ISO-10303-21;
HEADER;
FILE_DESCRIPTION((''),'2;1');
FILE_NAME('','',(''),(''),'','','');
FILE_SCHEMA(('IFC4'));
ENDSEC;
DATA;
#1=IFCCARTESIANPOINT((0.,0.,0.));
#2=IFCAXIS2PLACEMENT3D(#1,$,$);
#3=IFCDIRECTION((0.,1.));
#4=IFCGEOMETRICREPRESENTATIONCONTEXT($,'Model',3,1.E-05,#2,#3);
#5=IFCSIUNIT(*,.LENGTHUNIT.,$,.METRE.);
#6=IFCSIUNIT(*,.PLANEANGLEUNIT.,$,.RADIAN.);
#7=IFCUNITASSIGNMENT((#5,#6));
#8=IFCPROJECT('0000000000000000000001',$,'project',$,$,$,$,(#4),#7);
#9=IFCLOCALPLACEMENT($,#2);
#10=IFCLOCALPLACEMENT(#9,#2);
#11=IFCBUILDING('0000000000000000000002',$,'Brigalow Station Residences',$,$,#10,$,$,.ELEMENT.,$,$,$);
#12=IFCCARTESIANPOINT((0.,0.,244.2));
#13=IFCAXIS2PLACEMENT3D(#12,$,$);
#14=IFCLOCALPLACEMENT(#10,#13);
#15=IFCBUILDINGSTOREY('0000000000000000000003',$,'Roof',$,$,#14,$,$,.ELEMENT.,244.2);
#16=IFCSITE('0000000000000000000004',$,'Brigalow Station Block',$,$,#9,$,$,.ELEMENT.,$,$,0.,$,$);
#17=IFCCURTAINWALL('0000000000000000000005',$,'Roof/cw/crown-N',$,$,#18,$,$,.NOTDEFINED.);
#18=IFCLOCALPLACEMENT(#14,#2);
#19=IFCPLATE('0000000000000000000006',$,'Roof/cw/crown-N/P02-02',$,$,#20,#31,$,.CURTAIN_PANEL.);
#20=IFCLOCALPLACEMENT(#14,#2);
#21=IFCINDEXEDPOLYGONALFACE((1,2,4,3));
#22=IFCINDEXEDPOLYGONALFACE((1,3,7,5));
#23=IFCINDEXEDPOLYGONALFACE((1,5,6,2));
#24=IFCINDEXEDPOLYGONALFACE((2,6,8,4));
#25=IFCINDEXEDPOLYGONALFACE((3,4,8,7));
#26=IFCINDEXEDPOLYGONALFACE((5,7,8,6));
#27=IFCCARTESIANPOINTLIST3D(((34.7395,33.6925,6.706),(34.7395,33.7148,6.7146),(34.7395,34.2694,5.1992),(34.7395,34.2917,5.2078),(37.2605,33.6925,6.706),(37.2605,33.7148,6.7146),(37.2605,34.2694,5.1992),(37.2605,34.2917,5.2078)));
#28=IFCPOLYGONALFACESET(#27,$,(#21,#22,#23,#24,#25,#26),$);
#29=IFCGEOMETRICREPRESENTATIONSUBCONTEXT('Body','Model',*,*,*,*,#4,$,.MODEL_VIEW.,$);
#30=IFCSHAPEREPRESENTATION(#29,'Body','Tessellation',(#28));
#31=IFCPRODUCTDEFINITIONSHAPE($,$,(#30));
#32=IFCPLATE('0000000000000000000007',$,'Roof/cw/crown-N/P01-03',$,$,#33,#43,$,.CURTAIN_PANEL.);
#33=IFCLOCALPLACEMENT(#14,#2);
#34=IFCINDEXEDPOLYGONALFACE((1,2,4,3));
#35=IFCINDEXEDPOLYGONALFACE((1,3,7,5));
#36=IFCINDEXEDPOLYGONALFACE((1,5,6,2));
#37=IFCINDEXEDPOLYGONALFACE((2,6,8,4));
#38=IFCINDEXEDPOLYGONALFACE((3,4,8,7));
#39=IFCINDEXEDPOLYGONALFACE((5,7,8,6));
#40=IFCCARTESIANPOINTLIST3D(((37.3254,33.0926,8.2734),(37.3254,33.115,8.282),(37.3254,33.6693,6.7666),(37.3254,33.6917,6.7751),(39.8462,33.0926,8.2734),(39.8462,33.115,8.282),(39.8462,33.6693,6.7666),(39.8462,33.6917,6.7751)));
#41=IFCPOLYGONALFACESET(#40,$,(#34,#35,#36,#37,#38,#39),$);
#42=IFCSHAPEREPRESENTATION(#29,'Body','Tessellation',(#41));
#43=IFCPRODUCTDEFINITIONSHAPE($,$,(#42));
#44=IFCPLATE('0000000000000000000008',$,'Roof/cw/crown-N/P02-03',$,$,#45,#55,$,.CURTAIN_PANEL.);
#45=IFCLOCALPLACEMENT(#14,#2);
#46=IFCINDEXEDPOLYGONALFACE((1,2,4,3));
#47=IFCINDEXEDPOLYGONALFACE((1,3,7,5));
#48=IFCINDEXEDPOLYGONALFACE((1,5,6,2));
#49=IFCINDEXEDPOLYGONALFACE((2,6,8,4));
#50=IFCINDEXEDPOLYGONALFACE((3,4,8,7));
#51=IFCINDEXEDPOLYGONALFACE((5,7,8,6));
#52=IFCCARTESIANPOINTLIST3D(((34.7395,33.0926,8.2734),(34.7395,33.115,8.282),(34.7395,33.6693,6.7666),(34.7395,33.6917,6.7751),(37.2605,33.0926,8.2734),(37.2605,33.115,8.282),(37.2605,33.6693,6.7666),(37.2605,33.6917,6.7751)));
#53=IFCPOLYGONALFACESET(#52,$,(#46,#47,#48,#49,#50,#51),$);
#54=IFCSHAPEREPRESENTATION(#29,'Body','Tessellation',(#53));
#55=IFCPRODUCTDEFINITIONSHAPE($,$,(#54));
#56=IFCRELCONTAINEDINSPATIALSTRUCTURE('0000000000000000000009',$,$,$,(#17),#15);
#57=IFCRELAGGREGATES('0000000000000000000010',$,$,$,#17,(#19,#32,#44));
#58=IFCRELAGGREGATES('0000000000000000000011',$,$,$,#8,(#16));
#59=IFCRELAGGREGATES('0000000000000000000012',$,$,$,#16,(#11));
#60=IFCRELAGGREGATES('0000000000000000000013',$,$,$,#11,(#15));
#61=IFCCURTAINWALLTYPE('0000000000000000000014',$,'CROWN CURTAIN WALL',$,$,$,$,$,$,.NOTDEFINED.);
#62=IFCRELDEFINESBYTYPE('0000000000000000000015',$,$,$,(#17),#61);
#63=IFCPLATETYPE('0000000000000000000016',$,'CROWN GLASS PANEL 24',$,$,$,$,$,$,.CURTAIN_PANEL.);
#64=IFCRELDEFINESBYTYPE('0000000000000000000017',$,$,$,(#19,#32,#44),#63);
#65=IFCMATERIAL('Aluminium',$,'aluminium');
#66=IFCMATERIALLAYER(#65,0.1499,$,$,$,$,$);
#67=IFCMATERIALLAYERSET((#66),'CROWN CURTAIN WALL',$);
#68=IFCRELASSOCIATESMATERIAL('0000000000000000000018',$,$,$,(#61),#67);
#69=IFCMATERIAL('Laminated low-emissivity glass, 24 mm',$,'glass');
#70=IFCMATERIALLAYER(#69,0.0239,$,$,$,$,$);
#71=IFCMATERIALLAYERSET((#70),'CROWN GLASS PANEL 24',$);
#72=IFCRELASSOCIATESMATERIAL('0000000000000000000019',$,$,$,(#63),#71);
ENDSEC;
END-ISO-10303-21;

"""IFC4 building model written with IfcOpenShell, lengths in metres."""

from ifc_helpers import new_model, si_unit, direction, frame, origin, place, context, subcontext, project, spatial, polyline, outline, extrude, material, layer, layer_set, type_object, element, aggregate, save


model = new_model("IFC4")

# Units and contexts
model_context = context("Model", 3, precision=1e-05, world=origin(), true_north=direction((0.0, 1.0)))
body_context = subcontext(model_context, "Body", "Model", "MODEL_VIEW")
ifc_project = project(units=[si_unit("LENGTHUNIT", "METRE"), si_unit("PLANEANGLEUNIT", "RADIAN")], contexts=[model_context])

# Site, building, storey
site_placement = place(None, origin())
site = spatial("IfcSite", under=ifc_project, at=site_placement, Name="Brigalow Station Block", CompositionType="ELEMENT", RefElevation=0.0)
building_placement = place(site_placement, origin())
building = spatial("IfcBuilding", under=site, at=building_placement, Name="Brigalow Station Residences", CompositionType="ELEMENT")
storey_placement = place(building_placement, frame((0.0, 0.0, 244.2)))
storey = spatial("IfcBuildingStorey", under=building, at=storey_placement, Name="Roof", CompositionType="ELEMENT", Elevation=244.2)

# Curtain wall
ifc_material_1 = material(Name="Aluminium", Category="aluminium")
ifc_layer_1 = layer(ifc_material_1, 0.1499)
ifc_layer_set_1 = layer_set([ifc_layer_1], Name="CROWN CURTAIN WALL")
curtain_wall_type = type_object("IfcCurtainWallType", Name="CROWN CURTAIN WALL", PredefinedType="NOTDEFINED", material=ifc_layer_set_1)
curtain_wall_1_placement = place(storey_placement, origin())
curtain_wall_1 = element("IfcCurtainWall", 1, at=curtain_wall_1_placement, inside=storey, type_object=curtain_wall_type, Name="Roof/cw/crown-N", PredefinedType="NOTDEFINED")

# Plates
ifc_material_2 = material(Name="Laminated low-emissivity glass, 24 mm", Category="glass")
ifc_layer_2 = layer(ifc_material_2, 0.0239)
ifc_layer_set_2 = layer_set([ifc_layer_2], Name="CROWN GLASS PANEL 24")
plate_type = type_object("IfcPlateType", Name="CROWN GLASS PANEL 24", PredefinedType="CURTAIN_PANEL", material=ifc_layer_set_2)
plate_1_placement = place(storey_placement, frame((37.2605, 34.2917, 5.2078), z_axis=(0.0, 0.933894, 0.357549), x_axis=(-1.0, 0.0, 0.0)))
plate_1 = element("IfcPlate", 2, at=plate_1_placement, type_object=plate_type, Name="Roof/cw/crown-N/P02-02", PredefinedType="CURTAIN_PANEL", context=body_context, shape_type="SweptSolid", body=[
    extrude(outline(polyline([(0.0, 0.0), (2.521, 0.0), (2.521, 1.6135), (0.0, 1.6135), (0.0, 0.0)])), origin(), (0.0, 0.0, -1.0), 0.0239),
])
plate_2_placement = place(storey_placement, frame((39.8462, 33.6917, 6.7751), z_axis=(0.0, 0.933945, 0.357417), x_axis=(-1.0, 0.0, 0.0)))
plate_2 = element("IfcPlate", 3, at=plate_2_placement, type_object=plate_type, Name="Roof/cw/crown-N/P01-03", PredefinedType="CURTAIN_PANEL", context=body_context, shape_type="SweptSolid", body=[
    extrude(outline(polyline([(0.0, 0.0), (2.5208, 0.0), (2.5208, 1.6134), (0.0, 1.6134), (0.0, 0.0)])), origin(), (0.0, 0.0, -1.0), 0.0239),
])
plate_3_placement = place(storey_placement, frame((37.2605, 33.6917, 6.7751), z_axis=(0.0, 0.933945, 0.357417), x_axis=(-1.0, 0.0, 0.0)))
plate_3 = element("IfcPlate", 4, at=plate_3_placement, type_object=plate_type, Name="Roof/cw/crown-N/P02-03", PredefinedType="CURTAIN_PANEL", context=body_context, shape_type="SweptSolid", body=[
    extrude(outline(polyline([(0.0, 0.0), (2.521, 0.0), (2.521, 1.6134), (0.0, 1.6134), (0.0, 0.0)])), origin(), (0.0, 0.0, -1.0), 0.0239),
])
aggregate(curtain_wall_1, [plate_1, plate_2, plate_3])

save(model, "model.ifc")
